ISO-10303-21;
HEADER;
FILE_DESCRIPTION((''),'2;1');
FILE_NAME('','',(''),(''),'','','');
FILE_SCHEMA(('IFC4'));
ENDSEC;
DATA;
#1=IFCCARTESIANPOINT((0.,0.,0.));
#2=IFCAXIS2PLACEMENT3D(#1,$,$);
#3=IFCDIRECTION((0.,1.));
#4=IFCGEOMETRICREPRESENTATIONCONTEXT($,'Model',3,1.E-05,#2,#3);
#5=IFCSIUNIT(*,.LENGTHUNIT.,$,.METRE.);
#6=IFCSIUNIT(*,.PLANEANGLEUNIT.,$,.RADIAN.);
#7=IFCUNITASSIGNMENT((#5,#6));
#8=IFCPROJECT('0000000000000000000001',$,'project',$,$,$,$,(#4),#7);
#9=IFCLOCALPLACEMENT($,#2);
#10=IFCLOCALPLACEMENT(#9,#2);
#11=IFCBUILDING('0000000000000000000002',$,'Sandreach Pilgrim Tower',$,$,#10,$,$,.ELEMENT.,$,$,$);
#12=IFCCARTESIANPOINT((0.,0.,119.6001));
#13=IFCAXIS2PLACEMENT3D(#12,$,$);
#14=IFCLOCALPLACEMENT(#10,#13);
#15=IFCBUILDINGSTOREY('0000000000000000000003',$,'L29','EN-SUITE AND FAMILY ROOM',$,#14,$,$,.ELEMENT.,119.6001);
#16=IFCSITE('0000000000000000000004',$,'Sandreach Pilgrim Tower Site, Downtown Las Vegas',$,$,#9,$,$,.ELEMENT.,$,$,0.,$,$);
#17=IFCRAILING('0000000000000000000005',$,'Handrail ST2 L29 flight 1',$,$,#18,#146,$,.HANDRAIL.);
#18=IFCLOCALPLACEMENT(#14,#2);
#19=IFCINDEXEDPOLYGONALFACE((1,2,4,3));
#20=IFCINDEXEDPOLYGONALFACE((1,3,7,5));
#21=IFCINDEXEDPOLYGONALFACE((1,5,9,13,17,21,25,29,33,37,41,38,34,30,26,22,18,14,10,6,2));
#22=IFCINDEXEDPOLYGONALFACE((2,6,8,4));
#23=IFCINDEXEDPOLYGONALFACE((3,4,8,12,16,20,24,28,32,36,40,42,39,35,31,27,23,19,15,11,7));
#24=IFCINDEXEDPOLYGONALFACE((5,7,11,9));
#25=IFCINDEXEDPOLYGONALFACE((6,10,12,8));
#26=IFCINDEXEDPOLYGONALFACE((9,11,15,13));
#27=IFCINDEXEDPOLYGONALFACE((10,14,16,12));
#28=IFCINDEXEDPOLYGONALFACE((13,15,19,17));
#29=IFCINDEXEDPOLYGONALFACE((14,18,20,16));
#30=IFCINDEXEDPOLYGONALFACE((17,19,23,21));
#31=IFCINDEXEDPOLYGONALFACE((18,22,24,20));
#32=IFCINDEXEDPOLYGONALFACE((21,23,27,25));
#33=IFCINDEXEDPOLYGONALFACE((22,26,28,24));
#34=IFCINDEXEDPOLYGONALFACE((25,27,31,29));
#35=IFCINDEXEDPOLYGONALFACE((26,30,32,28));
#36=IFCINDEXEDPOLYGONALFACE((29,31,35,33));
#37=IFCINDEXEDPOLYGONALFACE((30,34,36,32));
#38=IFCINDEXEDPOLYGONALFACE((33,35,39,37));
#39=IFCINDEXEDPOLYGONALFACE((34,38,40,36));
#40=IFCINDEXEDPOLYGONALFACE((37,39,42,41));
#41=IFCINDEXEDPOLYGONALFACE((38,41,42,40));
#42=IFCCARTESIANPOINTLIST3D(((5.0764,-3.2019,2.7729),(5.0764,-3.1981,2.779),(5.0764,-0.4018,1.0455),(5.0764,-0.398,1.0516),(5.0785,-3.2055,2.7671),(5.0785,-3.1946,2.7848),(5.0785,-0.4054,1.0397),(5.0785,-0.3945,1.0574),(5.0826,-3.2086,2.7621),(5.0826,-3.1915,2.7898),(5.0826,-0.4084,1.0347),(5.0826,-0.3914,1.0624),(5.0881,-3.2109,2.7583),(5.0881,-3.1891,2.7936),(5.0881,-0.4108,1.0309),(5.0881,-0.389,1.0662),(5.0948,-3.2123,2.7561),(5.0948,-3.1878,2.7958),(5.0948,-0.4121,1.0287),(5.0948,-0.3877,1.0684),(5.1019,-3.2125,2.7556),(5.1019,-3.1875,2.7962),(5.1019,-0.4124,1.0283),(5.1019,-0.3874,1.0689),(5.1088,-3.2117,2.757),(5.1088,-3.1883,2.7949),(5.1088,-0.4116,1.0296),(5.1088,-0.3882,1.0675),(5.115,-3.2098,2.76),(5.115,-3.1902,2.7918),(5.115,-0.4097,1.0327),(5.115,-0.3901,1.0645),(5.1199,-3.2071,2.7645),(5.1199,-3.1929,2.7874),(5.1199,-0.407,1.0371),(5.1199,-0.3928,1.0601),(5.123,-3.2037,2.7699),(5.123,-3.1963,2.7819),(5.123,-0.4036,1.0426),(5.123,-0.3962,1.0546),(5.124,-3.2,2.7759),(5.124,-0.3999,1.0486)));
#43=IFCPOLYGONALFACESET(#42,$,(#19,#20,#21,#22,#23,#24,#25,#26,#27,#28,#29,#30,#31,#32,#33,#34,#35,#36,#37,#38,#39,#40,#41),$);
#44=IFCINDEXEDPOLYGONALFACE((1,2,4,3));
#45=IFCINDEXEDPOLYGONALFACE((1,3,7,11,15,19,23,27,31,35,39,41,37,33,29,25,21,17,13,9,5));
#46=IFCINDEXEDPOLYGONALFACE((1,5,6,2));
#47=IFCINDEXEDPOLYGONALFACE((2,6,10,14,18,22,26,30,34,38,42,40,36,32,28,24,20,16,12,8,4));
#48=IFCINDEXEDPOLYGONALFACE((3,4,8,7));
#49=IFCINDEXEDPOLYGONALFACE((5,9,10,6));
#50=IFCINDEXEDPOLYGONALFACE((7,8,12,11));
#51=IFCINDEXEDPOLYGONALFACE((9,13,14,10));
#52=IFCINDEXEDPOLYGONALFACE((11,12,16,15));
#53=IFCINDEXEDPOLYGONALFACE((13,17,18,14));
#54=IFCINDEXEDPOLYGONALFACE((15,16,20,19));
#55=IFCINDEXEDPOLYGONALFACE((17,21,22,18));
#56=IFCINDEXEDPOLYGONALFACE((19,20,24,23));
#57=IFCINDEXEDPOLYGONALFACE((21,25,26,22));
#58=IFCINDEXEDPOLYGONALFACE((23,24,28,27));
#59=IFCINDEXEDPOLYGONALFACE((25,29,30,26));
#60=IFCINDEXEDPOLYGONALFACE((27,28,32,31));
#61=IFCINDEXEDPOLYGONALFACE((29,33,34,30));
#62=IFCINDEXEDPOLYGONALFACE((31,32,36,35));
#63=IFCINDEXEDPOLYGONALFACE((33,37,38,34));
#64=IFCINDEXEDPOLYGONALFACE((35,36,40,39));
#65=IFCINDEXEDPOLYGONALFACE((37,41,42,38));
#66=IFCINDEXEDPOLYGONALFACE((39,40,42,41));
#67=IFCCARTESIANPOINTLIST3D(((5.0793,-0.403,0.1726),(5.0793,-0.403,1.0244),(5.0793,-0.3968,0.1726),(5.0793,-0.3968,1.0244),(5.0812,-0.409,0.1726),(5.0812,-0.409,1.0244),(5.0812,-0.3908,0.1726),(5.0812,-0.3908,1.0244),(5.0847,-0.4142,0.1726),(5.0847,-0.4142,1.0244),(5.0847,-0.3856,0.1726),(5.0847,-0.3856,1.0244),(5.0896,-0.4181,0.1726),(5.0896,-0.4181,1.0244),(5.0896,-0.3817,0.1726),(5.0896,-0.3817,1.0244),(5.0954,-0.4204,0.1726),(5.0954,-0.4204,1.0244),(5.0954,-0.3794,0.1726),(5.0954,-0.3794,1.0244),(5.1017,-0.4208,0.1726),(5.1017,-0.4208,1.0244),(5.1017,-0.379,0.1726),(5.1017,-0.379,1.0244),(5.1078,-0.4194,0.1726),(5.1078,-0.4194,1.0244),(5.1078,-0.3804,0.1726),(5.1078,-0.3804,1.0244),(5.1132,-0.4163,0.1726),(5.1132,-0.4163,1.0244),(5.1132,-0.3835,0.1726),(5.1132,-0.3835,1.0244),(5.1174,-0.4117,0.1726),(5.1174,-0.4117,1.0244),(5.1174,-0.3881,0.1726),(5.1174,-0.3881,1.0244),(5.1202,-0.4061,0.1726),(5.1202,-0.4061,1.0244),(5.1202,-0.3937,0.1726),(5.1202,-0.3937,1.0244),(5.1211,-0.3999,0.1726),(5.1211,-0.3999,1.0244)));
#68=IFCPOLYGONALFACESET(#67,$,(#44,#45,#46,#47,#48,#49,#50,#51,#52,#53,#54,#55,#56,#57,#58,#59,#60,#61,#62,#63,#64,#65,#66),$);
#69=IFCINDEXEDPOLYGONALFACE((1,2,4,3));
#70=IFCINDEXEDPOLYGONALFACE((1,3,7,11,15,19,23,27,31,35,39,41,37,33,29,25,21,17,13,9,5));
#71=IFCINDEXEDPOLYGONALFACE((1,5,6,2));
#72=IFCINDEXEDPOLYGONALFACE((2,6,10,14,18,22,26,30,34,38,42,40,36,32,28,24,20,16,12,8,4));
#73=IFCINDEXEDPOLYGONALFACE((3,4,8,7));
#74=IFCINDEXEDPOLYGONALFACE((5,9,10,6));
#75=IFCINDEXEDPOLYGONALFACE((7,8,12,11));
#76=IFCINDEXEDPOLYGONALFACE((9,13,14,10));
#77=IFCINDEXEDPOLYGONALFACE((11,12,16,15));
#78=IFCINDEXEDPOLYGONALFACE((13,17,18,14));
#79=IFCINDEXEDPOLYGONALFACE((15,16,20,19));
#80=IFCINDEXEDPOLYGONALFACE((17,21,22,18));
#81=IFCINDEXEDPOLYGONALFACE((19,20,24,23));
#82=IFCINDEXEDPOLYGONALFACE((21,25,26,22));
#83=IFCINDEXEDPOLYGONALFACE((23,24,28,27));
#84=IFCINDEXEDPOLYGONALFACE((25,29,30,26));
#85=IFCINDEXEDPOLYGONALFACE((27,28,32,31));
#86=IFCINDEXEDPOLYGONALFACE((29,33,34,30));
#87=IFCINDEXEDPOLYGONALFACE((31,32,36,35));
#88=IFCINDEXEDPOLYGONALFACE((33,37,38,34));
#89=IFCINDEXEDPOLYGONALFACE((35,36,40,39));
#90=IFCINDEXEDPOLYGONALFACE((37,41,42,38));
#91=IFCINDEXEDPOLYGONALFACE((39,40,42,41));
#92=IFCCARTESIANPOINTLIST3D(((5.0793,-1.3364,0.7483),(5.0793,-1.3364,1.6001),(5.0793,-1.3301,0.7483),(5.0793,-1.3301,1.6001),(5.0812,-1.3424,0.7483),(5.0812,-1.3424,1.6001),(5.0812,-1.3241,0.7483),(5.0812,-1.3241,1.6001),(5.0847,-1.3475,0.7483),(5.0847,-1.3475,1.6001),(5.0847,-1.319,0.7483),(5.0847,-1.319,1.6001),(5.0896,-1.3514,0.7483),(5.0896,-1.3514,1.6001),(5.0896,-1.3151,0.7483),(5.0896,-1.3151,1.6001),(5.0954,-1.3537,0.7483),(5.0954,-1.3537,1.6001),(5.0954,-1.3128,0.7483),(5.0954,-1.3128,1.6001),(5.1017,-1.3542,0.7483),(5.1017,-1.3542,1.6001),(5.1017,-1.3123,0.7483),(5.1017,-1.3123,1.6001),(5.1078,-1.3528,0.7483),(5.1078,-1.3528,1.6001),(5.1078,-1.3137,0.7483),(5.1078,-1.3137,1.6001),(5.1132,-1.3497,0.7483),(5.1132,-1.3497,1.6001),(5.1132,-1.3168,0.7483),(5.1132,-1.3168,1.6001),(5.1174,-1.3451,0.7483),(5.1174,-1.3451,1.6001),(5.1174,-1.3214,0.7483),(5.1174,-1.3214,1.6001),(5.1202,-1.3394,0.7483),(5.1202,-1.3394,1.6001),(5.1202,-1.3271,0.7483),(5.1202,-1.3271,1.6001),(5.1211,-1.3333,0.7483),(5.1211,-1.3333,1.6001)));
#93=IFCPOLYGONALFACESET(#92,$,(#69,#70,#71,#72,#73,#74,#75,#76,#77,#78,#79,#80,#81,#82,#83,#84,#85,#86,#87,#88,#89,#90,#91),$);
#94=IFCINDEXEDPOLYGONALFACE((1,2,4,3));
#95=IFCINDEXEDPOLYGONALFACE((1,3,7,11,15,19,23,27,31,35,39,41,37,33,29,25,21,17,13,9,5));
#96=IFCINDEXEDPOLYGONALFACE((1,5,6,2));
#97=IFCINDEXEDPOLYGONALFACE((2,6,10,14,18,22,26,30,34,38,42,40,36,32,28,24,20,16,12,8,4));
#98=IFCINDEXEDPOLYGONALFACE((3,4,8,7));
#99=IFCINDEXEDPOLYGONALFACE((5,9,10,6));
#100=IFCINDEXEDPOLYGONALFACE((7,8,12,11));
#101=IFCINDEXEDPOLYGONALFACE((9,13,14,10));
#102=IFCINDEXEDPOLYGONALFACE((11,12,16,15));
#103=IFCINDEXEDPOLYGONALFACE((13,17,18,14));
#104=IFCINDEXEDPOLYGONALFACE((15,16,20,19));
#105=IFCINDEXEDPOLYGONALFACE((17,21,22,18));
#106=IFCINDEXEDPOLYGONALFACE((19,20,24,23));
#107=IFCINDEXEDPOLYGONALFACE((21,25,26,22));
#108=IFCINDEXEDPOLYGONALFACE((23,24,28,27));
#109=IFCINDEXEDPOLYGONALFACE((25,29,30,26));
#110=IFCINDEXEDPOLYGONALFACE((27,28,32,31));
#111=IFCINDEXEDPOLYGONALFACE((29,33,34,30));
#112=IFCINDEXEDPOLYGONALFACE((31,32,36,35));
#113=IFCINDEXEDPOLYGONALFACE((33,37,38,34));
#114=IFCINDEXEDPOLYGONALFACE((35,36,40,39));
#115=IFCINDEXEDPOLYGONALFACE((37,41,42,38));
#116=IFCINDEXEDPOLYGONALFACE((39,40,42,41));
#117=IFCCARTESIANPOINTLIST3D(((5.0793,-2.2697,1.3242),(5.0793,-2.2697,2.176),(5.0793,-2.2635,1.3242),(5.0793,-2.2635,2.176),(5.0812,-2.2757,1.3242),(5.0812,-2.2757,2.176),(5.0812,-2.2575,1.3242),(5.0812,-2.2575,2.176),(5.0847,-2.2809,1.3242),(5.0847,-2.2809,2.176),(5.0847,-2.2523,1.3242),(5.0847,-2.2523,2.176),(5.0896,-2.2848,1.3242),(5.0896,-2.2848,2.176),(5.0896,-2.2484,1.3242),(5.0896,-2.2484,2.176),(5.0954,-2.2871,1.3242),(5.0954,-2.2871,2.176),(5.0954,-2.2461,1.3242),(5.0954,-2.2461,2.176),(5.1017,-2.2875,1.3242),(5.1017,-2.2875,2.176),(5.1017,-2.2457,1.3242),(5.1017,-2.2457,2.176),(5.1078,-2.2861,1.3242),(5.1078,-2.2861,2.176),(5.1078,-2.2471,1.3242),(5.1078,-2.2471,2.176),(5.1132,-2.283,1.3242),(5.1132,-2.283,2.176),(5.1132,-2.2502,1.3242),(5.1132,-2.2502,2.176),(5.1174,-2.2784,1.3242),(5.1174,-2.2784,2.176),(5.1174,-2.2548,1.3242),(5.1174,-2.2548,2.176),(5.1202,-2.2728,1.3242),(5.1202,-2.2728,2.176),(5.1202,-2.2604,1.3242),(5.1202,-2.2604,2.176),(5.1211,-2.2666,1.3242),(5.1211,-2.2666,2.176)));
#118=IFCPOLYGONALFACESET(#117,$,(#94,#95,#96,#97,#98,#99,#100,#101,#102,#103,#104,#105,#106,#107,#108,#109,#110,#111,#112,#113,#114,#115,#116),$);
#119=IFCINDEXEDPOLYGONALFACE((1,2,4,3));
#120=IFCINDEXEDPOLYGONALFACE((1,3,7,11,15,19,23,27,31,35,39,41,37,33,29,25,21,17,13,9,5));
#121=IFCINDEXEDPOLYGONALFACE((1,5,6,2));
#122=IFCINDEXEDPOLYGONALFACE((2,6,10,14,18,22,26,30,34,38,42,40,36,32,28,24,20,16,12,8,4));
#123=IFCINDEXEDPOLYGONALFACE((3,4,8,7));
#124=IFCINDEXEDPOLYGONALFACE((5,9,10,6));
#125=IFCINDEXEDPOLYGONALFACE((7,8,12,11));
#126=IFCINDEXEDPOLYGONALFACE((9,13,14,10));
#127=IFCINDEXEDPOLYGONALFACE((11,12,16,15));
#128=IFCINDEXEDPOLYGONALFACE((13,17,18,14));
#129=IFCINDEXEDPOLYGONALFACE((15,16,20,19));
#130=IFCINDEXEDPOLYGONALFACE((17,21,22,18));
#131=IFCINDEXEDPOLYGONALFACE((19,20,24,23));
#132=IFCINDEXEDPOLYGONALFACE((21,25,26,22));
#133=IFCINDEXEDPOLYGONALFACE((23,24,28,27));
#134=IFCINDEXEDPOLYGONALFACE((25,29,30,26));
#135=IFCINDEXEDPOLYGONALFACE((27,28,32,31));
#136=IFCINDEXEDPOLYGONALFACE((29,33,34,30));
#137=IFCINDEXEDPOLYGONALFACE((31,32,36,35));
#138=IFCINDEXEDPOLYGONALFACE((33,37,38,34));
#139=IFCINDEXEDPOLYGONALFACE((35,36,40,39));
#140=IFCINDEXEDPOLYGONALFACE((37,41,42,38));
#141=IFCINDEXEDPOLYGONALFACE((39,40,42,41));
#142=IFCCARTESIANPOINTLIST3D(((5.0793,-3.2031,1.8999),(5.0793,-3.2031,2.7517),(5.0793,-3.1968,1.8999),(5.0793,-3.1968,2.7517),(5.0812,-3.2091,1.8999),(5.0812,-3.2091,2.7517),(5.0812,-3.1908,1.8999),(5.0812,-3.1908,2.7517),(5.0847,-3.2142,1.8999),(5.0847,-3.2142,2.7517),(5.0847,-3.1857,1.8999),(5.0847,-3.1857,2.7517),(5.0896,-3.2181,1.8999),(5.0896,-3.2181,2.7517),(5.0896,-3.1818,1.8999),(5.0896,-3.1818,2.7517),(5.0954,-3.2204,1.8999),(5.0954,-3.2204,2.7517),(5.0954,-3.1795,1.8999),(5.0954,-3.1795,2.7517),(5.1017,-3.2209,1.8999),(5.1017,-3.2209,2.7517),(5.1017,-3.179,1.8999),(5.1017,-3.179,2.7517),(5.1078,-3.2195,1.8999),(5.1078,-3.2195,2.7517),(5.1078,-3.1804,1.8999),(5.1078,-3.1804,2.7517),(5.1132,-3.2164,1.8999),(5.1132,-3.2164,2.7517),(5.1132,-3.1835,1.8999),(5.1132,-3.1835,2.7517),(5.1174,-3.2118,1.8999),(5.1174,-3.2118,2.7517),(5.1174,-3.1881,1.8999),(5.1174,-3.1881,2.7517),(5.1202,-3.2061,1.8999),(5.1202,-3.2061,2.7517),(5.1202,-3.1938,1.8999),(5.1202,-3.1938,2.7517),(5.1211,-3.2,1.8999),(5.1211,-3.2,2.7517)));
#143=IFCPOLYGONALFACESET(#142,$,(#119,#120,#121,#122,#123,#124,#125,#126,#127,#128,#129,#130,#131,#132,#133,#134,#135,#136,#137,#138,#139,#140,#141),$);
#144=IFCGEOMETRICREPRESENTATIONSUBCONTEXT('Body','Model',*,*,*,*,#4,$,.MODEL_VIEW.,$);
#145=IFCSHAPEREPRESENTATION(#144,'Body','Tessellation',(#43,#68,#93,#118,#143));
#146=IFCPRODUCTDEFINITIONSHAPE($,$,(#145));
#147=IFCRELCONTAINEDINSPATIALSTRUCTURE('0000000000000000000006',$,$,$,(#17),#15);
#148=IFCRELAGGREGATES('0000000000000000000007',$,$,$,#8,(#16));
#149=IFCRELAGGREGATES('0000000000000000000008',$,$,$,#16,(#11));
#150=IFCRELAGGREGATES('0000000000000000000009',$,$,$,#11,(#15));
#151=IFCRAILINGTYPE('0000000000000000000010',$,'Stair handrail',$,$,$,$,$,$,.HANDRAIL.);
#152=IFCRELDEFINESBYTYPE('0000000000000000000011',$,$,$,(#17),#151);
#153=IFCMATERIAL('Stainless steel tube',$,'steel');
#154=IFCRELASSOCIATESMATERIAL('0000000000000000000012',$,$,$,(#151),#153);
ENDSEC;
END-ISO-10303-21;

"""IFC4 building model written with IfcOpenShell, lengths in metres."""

from ifc_helpers import new_model, si_unit, direction, frame, origin, origin_2d, place, context, subcontext, project, spatial, circle, extrude, material, type_object, element, save


model = new_model("IFC4")

# Units and contexts
model_context = context("Model", 3, precision=1e-05, world=origin(), true_north=direction((0.0, 1.0)))
body_context = subcontext(model_context, "Body", "Model", "MODEL_VIEW")
ifc_project = project(units=[si_unit("LENGTHUNIT", "METRE"), si_unit("PLANEANGLEUNIT", "RADIAN")], contexts=[model_context])

# Site, building, storey
site_placement = place(None, origin())
site = spatial("IfcSite", under=ifc_project, at=site_placement, Name="Sandreach Pilgrim Tower Site, Downtown Las Vegas", CompositionType="ELEMENT", RefElevation=0.0)
building_placement = place(site_placement, origin())
building = spatial("IfcBuilding", under=site, at=building_placement, Name="Sandreach Pilgrim Tower", CompositionType="ELEMENT")
storey_placement = place(building_placement, frame((0.0, 0.0, 119.6001)))
storey = spatial("IfcBuildingStorey", under=building, at=storey_placement, Name="L29", Description="EN-SUITE AND FAMILY ROOM", CompositionType="ELEMENT", Elevation=119.6001)

# Railing
ifc_material_1 = material(Name="Stainless steel tube", Category="steel")
railing_type = type_object("IfcRailingType", Name="Stair handrail", PredefinedType="HANDRAIL", material=ifc_material_1)
for number, where, name in (
    (1, (5.1001, -0.3999, 0.1726), "Handrail ST2 L29 flight 1"),
):
    element("IfcRailing", number, at=place(storey_placement, frame(where)), inside=storey, type_object=railing_type, Name=name, PredefinedType="HANDRAIL", context=body_context, shape_type="SweptSolid", body=[
        extrude(circle(Radius=0.0239, at=origin_2d()), frame((0.0, 0.0, 0.876), z_axis=(0.0, -0.85109, 0.52502), x_axis=(1.0, 0.0, 0.0)), (0.0, 0.0, 1.0), 3.29),
        extrude(circle(Radius=0.021, at=origin_2d()), origin(), (0.0, 0.0, 1.0), 0.8518),
        extrude(circle(Radius=0.021, at=origin_2d()), frame((0.0, -0.9333, 0.5757)), (0.0, 0.0, 1.0), 0.8518),
        extrude(circle(Radius=0.021, at=origin_2d()), frame((0.0, -1.8667, 1.1516)), (0.0, 0.0, 1.0), 0.8518),
        extrude(circle(Radius=0.021, at=origin_2d()), frame((0.0, -2.8, 1.7273)), (0.0, 0.0, 1.0), 0.8518),
    ])

save(model, "model.ifc")
